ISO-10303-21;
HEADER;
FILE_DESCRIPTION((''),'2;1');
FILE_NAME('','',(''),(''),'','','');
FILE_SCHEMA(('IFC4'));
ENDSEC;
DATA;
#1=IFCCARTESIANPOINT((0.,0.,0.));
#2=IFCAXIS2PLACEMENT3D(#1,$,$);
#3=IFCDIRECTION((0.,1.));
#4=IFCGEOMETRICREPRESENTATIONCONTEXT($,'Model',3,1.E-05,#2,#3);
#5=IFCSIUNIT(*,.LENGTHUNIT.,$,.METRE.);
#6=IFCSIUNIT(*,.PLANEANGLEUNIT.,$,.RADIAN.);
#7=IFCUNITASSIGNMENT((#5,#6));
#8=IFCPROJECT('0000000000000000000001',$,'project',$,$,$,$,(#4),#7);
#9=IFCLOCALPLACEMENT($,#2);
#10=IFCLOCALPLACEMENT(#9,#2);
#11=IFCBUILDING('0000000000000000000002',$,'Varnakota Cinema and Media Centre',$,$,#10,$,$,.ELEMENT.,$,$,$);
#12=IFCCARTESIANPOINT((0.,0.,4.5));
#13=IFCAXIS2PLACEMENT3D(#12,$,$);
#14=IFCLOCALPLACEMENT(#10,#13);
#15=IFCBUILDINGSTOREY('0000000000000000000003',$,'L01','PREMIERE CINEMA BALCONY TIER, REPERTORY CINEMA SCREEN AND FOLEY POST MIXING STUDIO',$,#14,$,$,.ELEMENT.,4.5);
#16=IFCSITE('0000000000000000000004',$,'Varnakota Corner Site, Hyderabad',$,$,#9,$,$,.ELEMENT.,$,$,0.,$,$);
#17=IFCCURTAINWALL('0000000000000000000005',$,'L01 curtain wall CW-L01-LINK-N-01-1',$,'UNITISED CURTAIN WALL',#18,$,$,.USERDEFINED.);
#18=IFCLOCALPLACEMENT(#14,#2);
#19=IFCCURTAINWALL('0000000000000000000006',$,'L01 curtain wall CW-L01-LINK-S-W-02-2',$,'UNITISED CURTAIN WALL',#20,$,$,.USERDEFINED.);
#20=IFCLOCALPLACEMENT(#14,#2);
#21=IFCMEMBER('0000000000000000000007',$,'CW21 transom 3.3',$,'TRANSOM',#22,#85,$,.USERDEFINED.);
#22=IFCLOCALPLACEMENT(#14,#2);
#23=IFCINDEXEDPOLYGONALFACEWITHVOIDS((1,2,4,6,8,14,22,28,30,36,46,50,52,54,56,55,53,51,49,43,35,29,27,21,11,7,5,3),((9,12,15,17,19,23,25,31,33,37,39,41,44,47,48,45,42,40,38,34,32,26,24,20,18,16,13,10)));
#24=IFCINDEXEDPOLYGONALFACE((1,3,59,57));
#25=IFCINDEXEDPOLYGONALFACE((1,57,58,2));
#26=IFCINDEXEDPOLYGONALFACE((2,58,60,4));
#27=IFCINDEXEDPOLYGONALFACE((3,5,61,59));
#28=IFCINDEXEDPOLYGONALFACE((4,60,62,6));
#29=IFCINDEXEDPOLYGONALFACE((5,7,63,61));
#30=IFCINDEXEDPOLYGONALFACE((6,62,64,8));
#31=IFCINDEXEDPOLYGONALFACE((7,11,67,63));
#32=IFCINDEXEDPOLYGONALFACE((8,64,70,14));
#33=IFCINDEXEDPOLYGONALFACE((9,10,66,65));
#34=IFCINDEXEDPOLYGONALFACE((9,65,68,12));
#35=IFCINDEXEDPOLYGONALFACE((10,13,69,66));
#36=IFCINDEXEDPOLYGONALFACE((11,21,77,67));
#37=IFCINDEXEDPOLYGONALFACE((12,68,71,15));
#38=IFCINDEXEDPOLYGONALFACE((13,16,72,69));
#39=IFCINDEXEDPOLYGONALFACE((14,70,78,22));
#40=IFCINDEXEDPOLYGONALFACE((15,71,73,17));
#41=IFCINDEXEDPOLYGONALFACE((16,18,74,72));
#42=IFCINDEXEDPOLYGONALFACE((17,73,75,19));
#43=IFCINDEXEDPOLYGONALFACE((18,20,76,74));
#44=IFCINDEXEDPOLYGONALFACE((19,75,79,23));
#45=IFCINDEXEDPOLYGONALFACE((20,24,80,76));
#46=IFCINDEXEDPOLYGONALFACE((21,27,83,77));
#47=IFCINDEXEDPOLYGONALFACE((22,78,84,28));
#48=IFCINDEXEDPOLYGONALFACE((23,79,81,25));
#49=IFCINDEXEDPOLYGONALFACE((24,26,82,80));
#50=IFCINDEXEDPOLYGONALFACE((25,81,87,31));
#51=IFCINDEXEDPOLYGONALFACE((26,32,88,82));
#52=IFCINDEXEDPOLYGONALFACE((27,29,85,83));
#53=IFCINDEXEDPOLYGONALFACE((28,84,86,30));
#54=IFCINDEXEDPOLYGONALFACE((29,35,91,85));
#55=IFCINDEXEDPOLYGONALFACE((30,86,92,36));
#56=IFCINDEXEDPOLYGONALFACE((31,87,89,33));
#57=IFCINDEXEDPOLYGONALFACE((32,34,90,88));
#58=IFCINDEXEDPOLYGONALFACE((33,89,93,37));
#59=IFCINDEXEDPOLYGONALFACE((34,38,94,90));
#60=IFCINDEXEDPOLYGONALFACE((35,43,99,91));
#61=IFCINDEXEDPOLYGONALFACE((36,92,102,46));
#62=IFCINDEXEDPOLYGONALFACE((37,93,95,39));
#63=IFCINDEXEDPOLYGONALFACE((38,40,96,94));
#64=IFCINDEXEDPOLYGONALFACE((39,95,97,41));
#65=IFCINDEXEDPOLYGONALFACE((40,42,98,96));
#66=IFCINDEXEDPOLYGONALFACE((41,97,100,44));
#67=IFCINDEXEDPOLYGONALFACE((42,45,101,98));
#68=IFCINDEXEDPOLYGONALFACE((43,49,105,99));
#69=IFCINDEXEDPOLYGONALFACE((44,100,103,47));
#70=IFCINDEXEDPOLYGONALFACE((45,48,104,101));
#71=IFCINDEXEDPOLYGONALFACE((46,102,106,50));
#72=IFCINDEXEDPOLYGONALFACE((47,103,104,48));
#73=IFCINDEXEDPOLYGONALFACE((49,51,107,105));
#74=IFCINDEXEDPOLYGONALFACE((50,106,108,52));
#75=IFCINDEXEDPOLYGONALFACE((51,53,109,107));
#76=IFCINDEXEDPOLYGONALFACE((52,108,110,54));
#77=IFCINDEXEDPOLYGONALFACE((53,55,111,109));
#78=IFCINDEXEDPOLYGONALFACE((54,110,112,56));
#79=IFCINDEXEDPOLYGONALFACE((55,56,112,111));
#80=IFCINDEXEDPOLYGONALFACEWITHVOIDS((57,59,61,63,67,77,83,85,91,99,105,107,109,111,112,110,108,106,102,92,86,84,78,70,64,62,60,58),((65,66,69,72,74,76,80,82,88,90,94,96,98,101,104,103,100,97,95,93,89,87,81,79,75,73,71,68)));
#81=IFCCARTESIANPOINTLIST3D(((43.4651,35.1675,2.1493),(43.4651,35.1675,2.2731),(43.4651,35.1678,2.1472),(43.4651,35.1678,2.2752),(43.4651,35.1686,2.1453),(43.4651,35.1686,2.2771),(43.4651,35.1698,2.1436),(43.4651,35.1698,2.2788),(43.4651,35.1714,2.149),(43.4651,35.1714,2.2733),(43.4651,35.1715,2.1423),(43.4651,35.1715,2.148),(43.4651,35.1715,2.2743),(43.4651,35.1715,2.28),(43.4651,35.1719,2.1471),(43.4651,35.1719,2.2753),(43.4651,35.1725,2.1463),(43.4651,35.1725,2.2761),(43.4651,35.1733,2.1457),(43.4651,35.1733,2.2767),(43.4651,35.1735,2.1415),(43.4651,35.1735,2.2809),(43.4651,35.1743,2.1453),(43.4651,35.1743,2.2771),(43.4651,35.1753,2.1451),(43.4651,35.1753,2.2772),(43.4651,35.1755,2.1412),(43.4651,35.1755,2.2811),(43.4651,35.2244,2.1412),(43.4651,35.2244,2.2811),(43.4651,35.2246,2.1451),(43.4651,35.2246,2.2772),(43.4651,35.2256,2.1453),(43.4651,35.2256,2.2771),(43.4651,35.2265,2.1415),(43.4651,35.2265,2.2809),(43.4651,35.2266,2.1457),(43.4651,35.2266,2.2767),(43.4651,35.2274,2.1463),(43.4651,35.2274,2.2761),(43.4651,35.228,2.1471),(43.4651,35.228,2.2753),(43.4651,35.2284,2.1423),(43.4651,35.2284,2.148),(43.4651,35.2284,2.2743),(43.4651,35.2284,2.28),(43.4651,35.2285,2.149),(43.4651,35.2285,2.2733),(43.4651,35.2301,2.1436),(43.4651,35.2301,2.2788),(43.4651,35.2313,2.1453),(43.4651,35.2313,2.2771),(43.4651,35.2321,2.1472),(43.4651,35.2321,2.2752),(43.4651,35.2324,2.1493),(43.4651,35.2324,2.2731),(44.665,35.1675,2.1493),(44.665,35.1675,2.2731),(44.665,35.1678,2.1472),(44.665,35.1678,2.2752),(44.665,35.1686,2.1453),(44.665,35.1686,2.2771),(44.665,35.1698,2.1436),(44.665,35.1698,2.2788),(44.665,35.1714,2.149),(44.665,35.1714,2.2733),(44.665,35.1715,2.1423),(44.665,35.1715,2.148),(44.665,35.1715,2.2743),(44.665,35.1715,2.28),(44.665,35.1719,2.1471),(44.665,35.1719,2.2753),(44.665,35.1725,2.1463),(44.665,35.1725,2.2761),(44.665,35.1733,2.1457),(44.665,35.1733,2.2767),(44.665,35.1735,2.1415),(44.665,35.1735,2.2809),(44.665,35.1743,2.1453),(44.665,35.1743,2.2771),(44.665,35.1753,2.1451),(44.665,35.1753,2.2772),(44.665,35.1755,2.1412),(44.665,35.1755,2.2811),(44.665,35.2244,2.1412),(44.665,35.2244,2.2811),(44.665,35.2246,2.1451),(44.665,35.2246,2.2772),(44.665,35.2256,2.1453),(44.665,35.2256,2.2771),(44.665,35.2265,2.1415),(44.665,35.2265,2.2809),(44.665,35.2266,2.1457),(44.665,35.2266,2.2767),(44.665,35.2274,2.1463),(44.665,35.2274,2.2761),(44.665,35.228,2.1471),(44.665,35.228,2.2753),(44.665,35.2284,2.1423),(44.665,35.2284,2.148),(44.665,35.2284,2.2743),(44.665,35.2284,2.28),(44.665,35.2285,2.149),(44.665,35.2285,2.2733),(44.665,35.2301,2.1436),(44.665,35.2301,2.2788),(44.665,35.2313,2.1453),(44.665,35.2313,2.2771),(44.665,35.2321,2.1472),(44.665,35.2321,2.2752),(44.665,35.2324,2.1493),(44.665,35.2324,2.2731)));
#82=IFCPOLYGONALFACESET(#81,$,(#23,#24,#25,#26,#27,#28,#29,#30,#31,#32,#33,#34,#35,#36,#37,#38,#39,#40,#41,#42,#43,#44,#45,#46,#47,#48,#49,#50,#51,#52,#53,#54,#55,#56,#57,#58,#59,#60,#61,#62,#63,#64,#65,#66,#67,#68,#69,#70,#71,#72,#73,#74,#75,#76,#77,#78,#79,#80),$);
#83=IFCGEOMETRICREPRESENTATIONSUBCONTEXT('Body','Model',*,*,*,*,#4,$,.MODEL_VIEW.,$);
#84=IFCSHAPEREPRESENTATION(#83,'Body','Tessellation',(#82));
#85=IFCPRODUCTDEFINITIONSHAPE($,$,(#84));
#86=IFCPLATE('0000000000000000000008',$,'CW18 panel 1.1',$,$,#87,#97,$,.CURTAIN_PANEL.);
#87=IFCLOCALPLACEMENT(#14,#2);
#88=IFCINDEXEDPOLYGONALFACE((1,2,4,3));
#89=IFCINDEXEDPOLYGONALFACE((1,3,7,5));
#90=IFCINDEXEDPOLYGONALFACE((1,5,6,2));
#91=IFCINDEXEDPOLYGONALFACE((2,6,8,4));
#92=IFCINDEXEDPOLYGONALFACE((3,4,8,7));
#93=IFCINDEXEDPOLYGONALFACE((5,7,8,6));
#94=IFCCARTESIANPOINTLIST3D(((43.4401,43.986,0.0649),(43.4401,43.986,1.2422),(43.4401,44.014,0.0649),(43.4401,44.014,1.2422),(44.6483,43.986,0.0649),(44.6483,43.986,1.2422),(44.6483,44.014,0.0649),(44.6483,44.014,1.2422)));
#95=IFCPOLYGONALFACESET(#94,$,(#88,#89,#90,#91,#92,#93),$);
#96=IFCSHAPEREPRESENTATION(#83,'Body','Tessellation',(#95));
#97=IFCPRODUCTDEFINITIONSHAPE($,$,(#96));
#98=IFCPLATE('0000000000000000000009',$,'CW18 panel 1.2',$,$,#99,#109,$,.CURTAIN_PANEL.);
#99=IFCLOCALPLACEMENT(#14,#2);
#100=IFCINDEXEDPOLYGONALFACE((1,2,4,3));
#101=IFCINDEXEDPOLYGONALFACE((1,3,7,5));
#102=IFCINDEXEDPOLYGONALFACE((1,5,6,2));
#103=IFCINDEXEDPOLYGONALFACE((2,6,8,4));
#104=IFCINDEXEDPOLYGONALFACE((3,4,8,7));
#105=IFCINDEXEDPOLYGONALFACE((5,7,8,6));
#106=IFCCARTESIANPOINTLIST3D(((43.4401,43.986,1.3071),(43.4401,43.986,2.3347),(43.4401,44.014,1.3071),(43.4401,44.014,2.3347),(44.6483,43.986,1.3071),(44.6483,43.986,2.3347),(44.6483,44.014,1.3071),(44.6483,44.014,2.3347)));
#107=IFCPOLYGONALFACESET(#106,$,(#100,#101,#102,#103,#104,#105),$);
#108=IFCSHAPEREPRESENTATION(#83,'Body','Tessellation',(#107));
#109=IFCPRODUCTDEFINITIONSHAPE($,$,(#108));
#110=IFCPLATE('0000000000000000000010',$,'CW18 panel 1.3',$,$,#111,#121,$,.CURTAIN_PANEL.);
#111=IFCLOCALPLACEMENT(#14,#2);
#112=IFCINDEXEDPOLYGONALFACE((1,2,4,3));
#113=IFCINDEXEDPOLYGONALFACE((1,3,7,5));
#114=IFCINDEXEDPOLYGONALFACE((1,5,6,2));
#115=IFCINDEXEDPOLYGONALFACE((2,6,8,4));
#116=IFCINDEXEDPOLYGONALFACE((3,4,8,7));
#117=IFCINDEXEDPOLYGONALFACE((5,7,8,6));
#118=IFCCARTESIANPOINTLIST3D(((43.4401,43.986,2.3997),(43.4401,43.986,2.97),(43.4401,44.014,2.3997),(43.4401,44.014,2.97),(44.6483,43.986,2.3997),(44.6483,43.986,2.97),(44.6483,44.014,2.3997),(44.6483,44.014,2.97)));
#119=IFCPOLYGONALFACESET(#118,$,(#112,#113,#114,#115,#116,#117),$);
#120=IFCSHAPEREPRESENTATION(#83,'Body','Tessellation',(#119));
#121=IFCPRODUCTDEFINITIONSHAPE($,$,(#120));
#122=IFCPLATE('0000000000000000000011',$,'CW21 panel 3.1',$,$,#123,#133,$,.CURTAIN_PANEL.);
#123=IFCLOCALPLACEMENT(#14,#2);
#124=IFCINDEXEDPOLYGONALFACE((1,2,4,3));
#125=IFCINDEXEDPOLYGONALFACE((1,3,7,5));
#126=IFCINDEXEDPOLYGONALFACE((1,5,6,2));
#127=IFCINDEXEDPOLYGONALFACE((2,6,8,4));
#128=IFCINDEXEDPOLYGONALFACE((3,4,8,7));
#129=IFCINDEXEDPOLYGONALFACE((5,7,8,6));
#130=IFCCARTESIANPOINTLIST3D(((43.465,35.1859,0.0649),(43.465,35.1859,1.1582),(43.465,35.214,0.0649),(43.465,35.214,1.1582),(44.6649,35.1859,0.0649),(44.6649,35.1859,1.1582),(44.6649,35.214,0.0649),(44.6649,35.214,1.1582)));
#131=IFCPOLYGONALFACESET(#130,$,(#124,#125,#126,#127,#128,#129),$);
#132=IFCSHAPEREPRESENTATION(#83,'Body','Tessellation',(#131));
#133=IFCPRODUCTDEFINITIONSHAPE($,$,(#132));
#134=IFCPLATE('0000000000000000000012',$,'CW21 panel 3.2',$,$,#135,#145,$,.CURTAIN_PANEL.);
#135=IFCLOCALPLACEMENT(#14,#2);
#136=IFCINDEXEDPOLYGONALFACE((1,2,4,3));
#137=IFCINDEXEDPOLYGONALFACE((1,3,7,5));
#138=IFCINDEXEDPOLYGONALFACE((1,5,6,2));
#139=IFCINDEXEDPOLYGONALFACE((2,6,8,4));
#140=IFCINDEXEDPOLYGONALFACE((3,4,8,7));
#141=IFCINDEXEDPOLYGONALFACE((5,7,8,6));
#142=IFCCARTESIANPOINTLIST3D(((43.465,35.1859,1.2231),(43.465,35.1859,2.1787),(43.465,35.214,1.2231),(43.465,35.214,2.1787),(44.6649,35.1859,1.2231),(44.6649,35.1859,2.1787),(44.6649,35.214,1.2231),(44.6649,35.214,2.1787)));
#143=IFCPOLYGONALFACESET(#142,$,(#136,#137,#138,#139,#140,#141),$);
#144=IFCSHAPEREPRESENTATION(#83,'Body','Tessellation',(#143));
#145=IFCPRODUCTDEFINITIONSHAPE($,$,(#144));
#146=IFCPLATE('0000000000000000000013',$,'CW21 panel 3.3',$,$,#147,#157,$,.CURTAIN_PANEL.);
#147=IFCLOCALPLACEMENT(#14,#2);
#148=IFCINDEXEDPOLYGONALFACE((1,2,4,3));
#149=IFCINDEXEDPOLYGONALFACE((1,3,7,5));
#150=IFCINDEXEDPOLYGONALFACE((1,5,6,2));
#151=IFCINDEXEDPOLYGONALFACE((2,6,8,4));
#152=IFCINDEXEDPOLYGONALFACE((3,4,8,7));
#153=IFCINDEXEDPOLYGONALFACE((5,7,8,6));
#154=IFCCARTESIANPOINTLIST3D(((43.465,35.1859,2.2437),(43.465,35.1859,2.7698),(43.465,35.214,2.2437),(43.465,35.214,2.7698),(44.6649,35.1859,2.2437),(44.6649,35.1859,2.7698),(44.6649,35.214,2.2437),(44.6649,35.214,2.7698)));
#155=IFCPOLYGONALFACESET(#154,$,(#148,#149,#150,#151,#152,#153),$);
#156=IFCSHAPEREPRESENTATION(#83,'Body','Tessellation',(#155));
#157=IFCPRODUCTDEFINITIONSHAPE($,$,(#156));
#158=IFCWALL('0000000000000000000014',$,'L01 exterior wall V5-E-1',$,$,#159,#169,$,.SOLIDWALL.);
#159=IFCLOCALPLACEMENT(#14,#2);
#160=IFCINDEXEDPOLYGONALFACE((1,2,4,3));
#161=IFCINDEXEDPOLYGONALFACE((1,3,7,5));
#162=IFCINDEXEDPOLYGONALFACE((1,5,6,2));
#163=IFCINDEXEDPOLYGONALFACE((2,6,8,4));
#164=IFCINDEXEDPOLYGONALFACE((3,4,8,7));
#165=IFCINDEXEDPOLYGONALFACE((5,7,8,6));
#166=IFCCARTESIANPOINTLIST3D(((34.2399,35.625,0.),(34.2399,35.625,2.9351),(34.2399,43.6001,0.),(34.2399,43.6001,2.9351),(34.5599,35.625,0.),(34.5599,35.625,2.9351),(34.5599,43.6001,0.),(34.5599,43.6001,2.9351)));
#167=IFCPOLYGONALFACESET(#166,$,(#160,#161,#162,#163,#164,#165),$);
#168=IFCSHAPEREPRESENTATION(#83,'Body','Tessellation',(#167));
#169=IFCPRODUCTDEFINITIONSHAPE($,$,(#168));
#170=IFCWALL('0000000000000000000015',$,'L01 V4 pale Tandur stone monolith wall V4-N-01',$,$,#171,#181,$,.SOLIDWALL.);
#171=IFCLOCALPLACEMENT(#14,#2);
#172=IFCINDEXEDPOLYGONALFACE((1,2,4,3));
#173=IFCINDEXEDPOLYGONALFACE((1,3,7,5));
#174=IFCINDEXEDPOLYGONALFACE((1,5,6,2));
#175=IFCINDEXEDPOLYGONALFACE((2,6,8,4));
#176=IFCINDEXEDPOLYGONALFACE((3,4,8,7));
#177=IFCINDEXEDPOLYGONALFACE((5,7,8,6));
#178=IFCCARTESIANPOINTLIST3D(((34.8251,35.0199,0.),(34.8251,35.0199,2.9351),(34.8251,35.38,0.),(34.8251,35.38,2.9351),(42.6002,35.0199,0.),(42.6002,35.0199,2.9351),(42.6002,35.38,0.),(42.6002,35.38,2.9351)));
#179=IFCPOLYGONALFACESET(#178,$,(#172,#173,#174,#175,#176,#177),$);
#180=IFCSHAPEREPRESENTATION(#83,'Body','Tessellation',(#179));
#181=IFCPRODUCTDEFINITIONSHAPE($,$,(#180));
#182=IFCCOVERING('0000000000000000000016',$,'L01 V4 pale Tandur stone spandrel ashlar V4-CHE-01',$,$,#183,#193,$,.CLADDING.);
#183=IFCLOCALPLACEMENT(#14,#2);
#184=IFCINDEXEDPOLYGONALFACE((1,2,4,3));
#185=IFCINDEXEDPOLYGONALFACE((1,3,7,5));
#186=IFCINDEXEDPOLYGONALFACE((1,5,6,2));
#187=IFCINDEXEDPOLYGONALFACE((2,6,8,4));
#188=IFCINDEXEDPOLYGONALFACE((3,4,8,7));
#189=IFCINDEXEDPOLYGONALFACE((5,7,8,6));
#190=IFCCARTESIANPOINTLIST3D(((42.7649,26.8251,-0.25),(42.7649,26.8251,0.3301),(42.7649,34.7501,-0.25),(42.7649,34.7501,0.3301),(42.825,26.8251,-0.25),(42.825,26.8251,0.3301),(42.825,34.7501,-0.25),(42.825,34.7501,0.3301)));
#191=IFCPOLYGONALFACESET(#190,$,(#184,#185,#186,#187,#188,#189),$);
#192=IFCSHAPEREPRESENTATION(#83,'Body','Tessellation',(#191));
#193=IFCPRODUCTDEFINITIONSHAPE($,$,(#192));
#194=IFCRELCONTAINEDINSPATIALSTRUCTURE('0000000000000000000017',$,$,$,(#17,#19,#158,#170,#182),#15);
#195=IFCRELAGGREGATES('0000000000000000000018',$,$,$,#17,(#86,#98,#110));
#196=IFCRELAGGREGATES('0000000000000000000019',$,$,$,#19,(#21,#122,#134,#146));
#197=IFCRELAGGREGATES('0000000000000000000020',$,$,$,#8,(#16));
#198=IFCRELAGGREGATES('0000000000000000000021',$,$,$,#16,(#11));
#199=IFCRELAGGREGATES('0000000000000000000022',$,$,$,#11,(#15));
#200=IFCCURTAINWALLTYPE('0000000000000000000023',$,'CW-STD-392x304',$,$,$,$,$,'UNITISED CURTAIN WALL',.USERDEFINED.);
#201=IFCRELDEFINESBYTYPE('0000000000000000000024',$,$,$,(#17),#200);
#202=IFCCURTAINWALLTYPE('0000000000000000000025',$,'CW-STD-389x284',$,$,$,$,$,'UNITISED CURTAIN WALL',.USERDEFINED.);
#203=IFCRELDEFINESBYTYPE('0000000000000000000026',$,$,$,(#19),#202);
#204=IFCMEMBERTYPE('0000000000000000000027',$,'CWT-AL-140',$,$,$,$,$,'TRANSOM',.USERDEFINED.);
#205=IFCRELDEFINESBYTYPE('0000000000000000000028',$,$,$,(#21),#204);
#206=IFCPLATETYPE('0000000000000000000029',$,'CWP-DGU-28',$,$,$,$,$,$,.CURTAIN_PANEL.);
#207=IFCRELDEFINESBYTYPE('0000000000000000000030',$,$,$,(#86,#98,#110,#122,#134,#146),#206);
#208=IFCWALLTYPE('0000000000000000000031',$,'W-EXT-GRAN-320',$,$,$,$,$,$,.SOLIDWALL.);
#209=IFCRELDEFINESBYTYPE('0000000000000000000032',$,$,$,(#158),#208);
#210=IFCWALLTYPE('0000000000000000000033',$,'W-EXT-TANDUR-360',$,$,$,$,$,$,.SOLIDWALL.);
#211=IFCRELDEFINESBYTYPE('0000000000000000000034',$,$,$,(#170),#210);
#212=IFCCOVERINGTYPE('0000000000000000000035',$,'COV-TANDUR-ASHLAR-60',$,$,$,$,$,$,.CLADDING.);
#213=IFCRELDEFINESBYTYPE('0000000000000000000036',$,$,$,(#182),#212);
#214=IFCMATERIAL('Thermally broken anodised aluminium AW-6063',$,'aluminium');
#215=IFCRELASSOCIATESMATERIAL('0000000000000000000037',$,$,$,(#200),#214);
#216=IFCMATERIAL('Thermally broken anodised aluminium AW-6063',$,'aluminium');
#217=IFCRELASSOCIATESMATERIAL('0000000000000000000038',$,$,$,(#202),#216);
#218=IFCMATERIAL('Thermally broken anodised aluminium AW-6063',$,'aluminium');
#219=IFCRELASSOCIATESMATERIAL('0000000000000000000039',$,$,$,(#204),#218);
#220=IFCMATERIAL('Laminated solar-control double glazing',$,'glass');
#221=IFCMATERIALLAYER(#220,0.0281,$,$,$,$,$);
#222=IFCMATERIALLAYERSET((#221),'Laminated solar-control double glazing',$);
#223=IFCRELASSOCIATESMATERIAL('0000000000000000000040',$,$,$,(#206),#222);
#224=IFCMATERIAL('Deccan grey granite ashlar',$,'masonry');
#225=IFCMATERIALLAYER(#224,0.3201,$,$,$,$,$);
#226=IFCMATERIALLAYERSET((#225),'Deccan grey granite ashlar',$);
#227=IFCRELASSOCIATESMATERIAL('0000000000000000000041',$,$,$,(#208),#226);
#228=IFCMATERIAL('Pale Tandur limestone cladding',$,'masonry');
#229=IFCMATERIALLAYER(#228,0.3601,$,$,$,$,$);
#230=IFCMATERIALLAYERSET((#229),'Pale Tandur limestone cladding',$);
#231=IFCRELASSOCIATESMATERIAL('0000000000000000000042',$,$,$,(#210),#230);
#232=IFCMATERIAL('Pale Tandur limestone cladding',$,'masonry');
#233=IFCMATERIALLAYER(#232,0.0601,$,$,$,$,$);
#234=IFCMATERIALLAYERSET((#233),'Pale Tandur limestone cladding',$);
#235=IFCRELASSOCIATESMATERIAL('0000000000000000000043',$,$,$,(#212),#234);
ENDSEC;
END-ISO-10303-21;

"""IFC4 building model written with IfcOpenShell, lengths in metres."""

from ifc_helpers import new_model, si_unit, direction, frame, frame_2d, origin, origin_2d, place, context, subcontext, project, spatial, rectangle, hollow_rectangle, extrude, material, layer, layer_set, material_profile, profile_set, type_object, element, aggregate, save


model = new_model("IFC4")

# Units and contexts
model_context = context("Model", 3, precision=1e-05, world=origin(), true_north=direction((0.0, 1.0)))
body_context = subcontext(model_context, "Body", "Model", "MODEL_VIEW")
ifc_project = project(units=[si_unit("LENGTHUNIT", "METRE"), si_unit("PLANEANGLEUNIT", "RADIAN")], contexts=[model_context])

# Site, building, storey
site_placement = place(None, origin())
site = spatial("IfcSite", under=ifc_project, at=site_placement, Name="Varnakota Corner Site, Hyderabad", CompositionType="ELEMENT", RefElevation=0.0)
building_placement = place(site_placement, origin())
building = spatial("IfcBuilding", under=site, at=building_placement, Name="Varnakota Cinema and Media Centre", CompositionType="ELEMENT")
storey_placement = place(building_placement, frame((0.0, 0.0, 4.5)))
storey = spatial("IfcBuildingStorey", under=building, at=storey_placement, Name="L01", Description="PREMIERE CINEMA BALCONY TIER, REPERTORY CINEMA SCREEN AND FOLEY POST MIXING STUDIO", CompositionType="ELEMENT", Elevation=4.5)

# Curtain walls
ifc_material_1 = material(Name="Thermally broken anodised aluminium AW-6063", Category="aluminium")
curtain_wall_type_1 = type_object("IfcCurtainWallType", Name="CW-STD-392x304", ElementType="UNITISED CURTAIN WALL", PredefinedType="USERDEFINED", material=ifc_material_1)
curtain_wall_1_placement = place(storey_placement, origin())
curtain_wall_1 = element("IfcCurtainWall", 1, at=curtain_wall_1_placement, inside=storey, type_object=curtain_wall_type_1, Name="L01 curtain wall CW-L01-LINK-N-01-1", ObjectType="UNITISED CURTAIN WALL", PredefinedType="USERDEFINED")
ifc_material_2 = material(Name="Thermally broken anodised aluminium AW-6063", Category="aluminium")
curtain_wall_type_2 = type_object("IfcCurtainWallType", Name="CW-STD-389x284", ElementType="UNITISED CURTAIN WALL", PredefinedType="USERDEFINED", material=ifc_material_2)
curtain_wall_2_placement = place(storey_placement, origin())
curtain_wall_2 = element("IfcCurtainWall", 2, at=curtain_wall_2_placement, inside=storey, type_object=curtain_wall_type_2, Name="L01 curtain wall CW-L01-LINK-S-W-02-2", ObjectType="UNITISED CURTAIN WALL", PredefinedType="USERDEFINED")

# Member
ifc_material_3 = material(Name="Thermally broken anodised aluminium AW-6063", Category="aluminium")
ifc_material_profile_1 = material_profile(ifc_material_3, hollow_rectangle(XDim=0.0649, YDim=0.1399, WallThickness=0.0039, InnerFilletRadius=0.0039, OuterFilletRadius=0.0081, at=origin_2d()), Name="AL-TRANSOM 140x65x4")
ifc_profile_set_1 = profile_set([ifc_material_profile_1], Name="Thermally broken anodised aluminium AW-6063")
member_type_1 = type_object("IfcMemberType", Name="CWT-AL-140", ElementType="TRANSOM", PredefinedType="USERDEFINED", material=ifc_profile_set_1)
member_1_placement = place(storey_placement, frame((44.665, 35.2, 2.2112), z_axis=(-1.0, 0.0, 0.0), x_axis=(0.0, -1.0, 0.0)))
member_1 = element("IfcMember", 3, at=member_1_placement, type_object=member_type_1, Name="CW21 transom 3.3", ObjectType="TRANSOM", PredefinedType="USERDEFINED", context=body_context, shape_type="SweptSolid", body=[
    extrude(hollow_rectangle(XDim=0.0649, YDim=0.1399, WallThickness=0.0039, InnerFilletRadius=0.0039, OuterFilletRadius=0.0081, at=origin_2d()), origin(), (0.0, 0.0, 1.0), 1.2),
])

# Plates
ifc_material_4 = material(Name="Laminated solar-control double glazing", Category="glass")
ifc_layer_1 = layer(ifc_material_4, 0.0281)
ifc_layer_set_1 = layer_set([ifc_layer_1], Name="Laminated solar-control double glazing")
plate_type = type_object("IfcPlateType", Name="CWP-DGU-28", PredefinedType="CURTAIN_PANEL", material=ifc_layer_set_1)
plate_1_placement = place(storey_placement, frame((44.0442, 44.0, 0.0649), z_axis=(0.0, 0.0, 1.0), x_axis=(1.0, 0.0, 0.0)))
plate_1 = element("IfcPlate", 4, at=plate_1_placement, type_object=plate_type, Name="CW18 panel 1.1", PredefinedType="CURTAIN_PANEL", context=body_context, shape_type="SweptSolid", body=[
    extrude(rectangle(XDim=1.2083, YDim=0.0281, at=origin_2d()), origin(), (0.0, 0.0, 1.0), 1.1772),
])
plate_2_placement = place(storey_placement, frame((44.0442, 44.0, 1.3071), z_axis=(0.0, 0.0, 1.0), x_axis=(1.0, 0.0, 0.0)))
plate_2 = element("IfcPlate", 5, at=plate_2_placement, type_object=plate_type, Name="CW18 panel 1.2", PredefinedType="CURTAIN_PANEL", context=body_context, shape_type="SweptSolid", body=[
    extrude(rectangle(XDim=1.2083, YDim=0.0281, at=origin_2d()), origin(), (0.0, 0.0, 1.0), 1.0276),
])
plate_3_placement = place(storey_placement, frame((44.0442, 44.0, 2.3997), z_axis=(0.0, 0.0, 1.0), x_axis=(1.0, 0.0, 0.0)))
plate_3 = element("IfcPlate", 6, at=plate_3_placement, type_object=plate_type, Name="CW18 panel 1.3", PredefinedType="CURTAIN_PANEL", context=body_context, shape_type="SweptSolid", body=[
    extrude(rectangle(XDim=1.2083, YDim=0.0281, at=origin_2d()), origin(), (0.0, 0.0, 1.0), 0.5703),
])
aggregate(curtain_wall_1, [plate_1, plate_2, plate_3])
plate_4_placement = place(storey_placement, frame((44.0649, 35.2, 0.0649), z_axis=(0.0, 0.0, 1.0), x_axis=(-1.0, 0.0, 0.0)))
plate_4 = element("IfcPlate", 7, at=plate_4_placement, type_object=plate_type, Name="CW21 panel 3.1", PredefinedType="CURTAIN_PANEL", context=body_context, shape_type="SweptSolid", body=[
    extrude(rectangle(XDim=1.2, YDim=0.0281, at=origin_2d()), origin(), (0.0, 0.0, 1.0), 1.0933),
])
plate_5_placement = place(storey_placement, frame((44.0649, 35.2, 1.2231), z_axis=(0.0, 0.0, 1.0), x_axis=(-1.0, 0.0, 0.0)))
plate_5 = element("IfcPlate", 8, at=plate_5_placement, type_object=plate_type, Name="CW21 panel 3.2", PredefinedType="CURTAIN_PANEL", context=body_context, shape_type="SweptSolid", body=[
    extrude(rectangle(XDim=1.2, YDim=0.0281, at=origin_2d()), origin(), (0.0, 0.0, 1.0), 0.9556),
])
plate_6_placement = place(storey_placement, frame((44.0649, 35.2, 2.2437), z_axis=(0.0, 0.0, 1.0), x_axis=(-1.0, 0.0, 0.0)))
plate_6 = element("IfcPlate", 9, at=plate_6_placement, type_object=plate_type, Name="CW21 panel 3.3", PredefinedType="CURTAIN_PANEL", context=body_context, shape_type="SweptSolid", body=[
    extrude(rectangle(XDim=1.2, YDim=0.0281, at=origin_2d()), origin(), (0.0, 0.0, 1.0), 0.5261),
])
aggregate(curtain_wall_2, [member_1, plate_4, plate_5, plate_6])

# Walls
ifc_material_5 = material(Name="Deccan grey granite ashlar", Category="masonry")
ifc_layer_2 = layer(ifc_material_5, 0.3201)
ifc_layer_set_2 = layer_set([ifc_layer_2], Name="Deccan grey granite ashlar")
wall_type_1 = type_object("IfcWallType", Name="W-EXT-GRAN-320", PredefinedType="SOLIDWALL", material=ifc_layer_set_2)
wall_1_placement = place(storey_placement, frame((34.3999, 35.625, 0.0), z_axis=(0.0, 0.0, 1.0), x_axis=(0.0, 1.0, 0.0)))
element("IfcWall", 10, at=wall_1_placement, inside=storey, type_object=wall_type_1, Name="L01 exterior wall V5-E-1", PredefinedType="SOLIDWALL", context=body_context, shape_type="SweptSolid", body=[
    extrude(rectangle(XDim=7.9751, YDim=0.3201, at=frame_2d((3.9875, 0.0))), origin(), (0.0, 0.0, 1.0), 2.9351),
])
ifc_material_6 = material(Name="Pale Tandur limestone cladding", Category="masonry")
ifc_layer_3 = layer(ifc_material_6, 0.3601)
ifc_layer_set_3 = layer_set([ifc_layer_3], Name="Pale Tandur limestone cladding")
wall_type_2 = type_object("IfcWallType", Name="W-EXT-TANDUR-360", PredefinedType="SOLIDWALL", material=ifc_layer_set_3)
wall_2_placement = place(storey_placement, frame((34.825, 35.2, 0.0), z_axis=(0.0, 0.0, 1.0), x_axis=(1.0, 0.0, 0.0)))
element("IfcWall", 11, at=wall_2_placement, inside=storey, type_object=wall_type_2, Name="L01 V4 pale Tandur stone monolith wall V4-N-01", PredefinedType="SOLIDWALL", context=body_context, shape_type="SweptSolid", body=[
    extrude(rectangle(XDim=7.7751, YDim=0.3601, at=frame_2d((3.8877, 0.0))), origin(), (0.0, 0.0, 1.0), 2.9351),
])

# Covering
ifc_material_7 = material(Name="Pale Tandur limestone cladding", Category="masonry")
ifc_layer_4 = layer(ifc_material_7, 0.0601)
ifc_layer_set_4 = layer_set([ifc_layer_4], Name="Pale Tandur limestone cladding")
covering_type = type_object("IfcCoveringType", Name="COV-TANDUR-ASHLAR-60", PredefinedType="CLADDING", material=ifc_layer_set_4)
covering_1_placement = place(storey_placement, frame((42.7949, 30.7876, -0.25), z_axis=(0.0, 0.0, 1.0), x_axis=(0.0, 1.0, 0.0)))
element("IfcCovering", 12, at=covering_1_placement, inside=storey, type_object=covering_type, Name="L01 V4 pale Tandur stone spandrel ashlar V4-CHE-01", PredefinedType="CLADDING", context=body_context, shape_type="SweptSolid", body=[
    extrude(rectangle(XDim=7.925, YDim=0.0601, at=origin_2d()), origin(), (0.0, 0.0, 1.0), 0.5801),
])

save(model, "model.ifc")
